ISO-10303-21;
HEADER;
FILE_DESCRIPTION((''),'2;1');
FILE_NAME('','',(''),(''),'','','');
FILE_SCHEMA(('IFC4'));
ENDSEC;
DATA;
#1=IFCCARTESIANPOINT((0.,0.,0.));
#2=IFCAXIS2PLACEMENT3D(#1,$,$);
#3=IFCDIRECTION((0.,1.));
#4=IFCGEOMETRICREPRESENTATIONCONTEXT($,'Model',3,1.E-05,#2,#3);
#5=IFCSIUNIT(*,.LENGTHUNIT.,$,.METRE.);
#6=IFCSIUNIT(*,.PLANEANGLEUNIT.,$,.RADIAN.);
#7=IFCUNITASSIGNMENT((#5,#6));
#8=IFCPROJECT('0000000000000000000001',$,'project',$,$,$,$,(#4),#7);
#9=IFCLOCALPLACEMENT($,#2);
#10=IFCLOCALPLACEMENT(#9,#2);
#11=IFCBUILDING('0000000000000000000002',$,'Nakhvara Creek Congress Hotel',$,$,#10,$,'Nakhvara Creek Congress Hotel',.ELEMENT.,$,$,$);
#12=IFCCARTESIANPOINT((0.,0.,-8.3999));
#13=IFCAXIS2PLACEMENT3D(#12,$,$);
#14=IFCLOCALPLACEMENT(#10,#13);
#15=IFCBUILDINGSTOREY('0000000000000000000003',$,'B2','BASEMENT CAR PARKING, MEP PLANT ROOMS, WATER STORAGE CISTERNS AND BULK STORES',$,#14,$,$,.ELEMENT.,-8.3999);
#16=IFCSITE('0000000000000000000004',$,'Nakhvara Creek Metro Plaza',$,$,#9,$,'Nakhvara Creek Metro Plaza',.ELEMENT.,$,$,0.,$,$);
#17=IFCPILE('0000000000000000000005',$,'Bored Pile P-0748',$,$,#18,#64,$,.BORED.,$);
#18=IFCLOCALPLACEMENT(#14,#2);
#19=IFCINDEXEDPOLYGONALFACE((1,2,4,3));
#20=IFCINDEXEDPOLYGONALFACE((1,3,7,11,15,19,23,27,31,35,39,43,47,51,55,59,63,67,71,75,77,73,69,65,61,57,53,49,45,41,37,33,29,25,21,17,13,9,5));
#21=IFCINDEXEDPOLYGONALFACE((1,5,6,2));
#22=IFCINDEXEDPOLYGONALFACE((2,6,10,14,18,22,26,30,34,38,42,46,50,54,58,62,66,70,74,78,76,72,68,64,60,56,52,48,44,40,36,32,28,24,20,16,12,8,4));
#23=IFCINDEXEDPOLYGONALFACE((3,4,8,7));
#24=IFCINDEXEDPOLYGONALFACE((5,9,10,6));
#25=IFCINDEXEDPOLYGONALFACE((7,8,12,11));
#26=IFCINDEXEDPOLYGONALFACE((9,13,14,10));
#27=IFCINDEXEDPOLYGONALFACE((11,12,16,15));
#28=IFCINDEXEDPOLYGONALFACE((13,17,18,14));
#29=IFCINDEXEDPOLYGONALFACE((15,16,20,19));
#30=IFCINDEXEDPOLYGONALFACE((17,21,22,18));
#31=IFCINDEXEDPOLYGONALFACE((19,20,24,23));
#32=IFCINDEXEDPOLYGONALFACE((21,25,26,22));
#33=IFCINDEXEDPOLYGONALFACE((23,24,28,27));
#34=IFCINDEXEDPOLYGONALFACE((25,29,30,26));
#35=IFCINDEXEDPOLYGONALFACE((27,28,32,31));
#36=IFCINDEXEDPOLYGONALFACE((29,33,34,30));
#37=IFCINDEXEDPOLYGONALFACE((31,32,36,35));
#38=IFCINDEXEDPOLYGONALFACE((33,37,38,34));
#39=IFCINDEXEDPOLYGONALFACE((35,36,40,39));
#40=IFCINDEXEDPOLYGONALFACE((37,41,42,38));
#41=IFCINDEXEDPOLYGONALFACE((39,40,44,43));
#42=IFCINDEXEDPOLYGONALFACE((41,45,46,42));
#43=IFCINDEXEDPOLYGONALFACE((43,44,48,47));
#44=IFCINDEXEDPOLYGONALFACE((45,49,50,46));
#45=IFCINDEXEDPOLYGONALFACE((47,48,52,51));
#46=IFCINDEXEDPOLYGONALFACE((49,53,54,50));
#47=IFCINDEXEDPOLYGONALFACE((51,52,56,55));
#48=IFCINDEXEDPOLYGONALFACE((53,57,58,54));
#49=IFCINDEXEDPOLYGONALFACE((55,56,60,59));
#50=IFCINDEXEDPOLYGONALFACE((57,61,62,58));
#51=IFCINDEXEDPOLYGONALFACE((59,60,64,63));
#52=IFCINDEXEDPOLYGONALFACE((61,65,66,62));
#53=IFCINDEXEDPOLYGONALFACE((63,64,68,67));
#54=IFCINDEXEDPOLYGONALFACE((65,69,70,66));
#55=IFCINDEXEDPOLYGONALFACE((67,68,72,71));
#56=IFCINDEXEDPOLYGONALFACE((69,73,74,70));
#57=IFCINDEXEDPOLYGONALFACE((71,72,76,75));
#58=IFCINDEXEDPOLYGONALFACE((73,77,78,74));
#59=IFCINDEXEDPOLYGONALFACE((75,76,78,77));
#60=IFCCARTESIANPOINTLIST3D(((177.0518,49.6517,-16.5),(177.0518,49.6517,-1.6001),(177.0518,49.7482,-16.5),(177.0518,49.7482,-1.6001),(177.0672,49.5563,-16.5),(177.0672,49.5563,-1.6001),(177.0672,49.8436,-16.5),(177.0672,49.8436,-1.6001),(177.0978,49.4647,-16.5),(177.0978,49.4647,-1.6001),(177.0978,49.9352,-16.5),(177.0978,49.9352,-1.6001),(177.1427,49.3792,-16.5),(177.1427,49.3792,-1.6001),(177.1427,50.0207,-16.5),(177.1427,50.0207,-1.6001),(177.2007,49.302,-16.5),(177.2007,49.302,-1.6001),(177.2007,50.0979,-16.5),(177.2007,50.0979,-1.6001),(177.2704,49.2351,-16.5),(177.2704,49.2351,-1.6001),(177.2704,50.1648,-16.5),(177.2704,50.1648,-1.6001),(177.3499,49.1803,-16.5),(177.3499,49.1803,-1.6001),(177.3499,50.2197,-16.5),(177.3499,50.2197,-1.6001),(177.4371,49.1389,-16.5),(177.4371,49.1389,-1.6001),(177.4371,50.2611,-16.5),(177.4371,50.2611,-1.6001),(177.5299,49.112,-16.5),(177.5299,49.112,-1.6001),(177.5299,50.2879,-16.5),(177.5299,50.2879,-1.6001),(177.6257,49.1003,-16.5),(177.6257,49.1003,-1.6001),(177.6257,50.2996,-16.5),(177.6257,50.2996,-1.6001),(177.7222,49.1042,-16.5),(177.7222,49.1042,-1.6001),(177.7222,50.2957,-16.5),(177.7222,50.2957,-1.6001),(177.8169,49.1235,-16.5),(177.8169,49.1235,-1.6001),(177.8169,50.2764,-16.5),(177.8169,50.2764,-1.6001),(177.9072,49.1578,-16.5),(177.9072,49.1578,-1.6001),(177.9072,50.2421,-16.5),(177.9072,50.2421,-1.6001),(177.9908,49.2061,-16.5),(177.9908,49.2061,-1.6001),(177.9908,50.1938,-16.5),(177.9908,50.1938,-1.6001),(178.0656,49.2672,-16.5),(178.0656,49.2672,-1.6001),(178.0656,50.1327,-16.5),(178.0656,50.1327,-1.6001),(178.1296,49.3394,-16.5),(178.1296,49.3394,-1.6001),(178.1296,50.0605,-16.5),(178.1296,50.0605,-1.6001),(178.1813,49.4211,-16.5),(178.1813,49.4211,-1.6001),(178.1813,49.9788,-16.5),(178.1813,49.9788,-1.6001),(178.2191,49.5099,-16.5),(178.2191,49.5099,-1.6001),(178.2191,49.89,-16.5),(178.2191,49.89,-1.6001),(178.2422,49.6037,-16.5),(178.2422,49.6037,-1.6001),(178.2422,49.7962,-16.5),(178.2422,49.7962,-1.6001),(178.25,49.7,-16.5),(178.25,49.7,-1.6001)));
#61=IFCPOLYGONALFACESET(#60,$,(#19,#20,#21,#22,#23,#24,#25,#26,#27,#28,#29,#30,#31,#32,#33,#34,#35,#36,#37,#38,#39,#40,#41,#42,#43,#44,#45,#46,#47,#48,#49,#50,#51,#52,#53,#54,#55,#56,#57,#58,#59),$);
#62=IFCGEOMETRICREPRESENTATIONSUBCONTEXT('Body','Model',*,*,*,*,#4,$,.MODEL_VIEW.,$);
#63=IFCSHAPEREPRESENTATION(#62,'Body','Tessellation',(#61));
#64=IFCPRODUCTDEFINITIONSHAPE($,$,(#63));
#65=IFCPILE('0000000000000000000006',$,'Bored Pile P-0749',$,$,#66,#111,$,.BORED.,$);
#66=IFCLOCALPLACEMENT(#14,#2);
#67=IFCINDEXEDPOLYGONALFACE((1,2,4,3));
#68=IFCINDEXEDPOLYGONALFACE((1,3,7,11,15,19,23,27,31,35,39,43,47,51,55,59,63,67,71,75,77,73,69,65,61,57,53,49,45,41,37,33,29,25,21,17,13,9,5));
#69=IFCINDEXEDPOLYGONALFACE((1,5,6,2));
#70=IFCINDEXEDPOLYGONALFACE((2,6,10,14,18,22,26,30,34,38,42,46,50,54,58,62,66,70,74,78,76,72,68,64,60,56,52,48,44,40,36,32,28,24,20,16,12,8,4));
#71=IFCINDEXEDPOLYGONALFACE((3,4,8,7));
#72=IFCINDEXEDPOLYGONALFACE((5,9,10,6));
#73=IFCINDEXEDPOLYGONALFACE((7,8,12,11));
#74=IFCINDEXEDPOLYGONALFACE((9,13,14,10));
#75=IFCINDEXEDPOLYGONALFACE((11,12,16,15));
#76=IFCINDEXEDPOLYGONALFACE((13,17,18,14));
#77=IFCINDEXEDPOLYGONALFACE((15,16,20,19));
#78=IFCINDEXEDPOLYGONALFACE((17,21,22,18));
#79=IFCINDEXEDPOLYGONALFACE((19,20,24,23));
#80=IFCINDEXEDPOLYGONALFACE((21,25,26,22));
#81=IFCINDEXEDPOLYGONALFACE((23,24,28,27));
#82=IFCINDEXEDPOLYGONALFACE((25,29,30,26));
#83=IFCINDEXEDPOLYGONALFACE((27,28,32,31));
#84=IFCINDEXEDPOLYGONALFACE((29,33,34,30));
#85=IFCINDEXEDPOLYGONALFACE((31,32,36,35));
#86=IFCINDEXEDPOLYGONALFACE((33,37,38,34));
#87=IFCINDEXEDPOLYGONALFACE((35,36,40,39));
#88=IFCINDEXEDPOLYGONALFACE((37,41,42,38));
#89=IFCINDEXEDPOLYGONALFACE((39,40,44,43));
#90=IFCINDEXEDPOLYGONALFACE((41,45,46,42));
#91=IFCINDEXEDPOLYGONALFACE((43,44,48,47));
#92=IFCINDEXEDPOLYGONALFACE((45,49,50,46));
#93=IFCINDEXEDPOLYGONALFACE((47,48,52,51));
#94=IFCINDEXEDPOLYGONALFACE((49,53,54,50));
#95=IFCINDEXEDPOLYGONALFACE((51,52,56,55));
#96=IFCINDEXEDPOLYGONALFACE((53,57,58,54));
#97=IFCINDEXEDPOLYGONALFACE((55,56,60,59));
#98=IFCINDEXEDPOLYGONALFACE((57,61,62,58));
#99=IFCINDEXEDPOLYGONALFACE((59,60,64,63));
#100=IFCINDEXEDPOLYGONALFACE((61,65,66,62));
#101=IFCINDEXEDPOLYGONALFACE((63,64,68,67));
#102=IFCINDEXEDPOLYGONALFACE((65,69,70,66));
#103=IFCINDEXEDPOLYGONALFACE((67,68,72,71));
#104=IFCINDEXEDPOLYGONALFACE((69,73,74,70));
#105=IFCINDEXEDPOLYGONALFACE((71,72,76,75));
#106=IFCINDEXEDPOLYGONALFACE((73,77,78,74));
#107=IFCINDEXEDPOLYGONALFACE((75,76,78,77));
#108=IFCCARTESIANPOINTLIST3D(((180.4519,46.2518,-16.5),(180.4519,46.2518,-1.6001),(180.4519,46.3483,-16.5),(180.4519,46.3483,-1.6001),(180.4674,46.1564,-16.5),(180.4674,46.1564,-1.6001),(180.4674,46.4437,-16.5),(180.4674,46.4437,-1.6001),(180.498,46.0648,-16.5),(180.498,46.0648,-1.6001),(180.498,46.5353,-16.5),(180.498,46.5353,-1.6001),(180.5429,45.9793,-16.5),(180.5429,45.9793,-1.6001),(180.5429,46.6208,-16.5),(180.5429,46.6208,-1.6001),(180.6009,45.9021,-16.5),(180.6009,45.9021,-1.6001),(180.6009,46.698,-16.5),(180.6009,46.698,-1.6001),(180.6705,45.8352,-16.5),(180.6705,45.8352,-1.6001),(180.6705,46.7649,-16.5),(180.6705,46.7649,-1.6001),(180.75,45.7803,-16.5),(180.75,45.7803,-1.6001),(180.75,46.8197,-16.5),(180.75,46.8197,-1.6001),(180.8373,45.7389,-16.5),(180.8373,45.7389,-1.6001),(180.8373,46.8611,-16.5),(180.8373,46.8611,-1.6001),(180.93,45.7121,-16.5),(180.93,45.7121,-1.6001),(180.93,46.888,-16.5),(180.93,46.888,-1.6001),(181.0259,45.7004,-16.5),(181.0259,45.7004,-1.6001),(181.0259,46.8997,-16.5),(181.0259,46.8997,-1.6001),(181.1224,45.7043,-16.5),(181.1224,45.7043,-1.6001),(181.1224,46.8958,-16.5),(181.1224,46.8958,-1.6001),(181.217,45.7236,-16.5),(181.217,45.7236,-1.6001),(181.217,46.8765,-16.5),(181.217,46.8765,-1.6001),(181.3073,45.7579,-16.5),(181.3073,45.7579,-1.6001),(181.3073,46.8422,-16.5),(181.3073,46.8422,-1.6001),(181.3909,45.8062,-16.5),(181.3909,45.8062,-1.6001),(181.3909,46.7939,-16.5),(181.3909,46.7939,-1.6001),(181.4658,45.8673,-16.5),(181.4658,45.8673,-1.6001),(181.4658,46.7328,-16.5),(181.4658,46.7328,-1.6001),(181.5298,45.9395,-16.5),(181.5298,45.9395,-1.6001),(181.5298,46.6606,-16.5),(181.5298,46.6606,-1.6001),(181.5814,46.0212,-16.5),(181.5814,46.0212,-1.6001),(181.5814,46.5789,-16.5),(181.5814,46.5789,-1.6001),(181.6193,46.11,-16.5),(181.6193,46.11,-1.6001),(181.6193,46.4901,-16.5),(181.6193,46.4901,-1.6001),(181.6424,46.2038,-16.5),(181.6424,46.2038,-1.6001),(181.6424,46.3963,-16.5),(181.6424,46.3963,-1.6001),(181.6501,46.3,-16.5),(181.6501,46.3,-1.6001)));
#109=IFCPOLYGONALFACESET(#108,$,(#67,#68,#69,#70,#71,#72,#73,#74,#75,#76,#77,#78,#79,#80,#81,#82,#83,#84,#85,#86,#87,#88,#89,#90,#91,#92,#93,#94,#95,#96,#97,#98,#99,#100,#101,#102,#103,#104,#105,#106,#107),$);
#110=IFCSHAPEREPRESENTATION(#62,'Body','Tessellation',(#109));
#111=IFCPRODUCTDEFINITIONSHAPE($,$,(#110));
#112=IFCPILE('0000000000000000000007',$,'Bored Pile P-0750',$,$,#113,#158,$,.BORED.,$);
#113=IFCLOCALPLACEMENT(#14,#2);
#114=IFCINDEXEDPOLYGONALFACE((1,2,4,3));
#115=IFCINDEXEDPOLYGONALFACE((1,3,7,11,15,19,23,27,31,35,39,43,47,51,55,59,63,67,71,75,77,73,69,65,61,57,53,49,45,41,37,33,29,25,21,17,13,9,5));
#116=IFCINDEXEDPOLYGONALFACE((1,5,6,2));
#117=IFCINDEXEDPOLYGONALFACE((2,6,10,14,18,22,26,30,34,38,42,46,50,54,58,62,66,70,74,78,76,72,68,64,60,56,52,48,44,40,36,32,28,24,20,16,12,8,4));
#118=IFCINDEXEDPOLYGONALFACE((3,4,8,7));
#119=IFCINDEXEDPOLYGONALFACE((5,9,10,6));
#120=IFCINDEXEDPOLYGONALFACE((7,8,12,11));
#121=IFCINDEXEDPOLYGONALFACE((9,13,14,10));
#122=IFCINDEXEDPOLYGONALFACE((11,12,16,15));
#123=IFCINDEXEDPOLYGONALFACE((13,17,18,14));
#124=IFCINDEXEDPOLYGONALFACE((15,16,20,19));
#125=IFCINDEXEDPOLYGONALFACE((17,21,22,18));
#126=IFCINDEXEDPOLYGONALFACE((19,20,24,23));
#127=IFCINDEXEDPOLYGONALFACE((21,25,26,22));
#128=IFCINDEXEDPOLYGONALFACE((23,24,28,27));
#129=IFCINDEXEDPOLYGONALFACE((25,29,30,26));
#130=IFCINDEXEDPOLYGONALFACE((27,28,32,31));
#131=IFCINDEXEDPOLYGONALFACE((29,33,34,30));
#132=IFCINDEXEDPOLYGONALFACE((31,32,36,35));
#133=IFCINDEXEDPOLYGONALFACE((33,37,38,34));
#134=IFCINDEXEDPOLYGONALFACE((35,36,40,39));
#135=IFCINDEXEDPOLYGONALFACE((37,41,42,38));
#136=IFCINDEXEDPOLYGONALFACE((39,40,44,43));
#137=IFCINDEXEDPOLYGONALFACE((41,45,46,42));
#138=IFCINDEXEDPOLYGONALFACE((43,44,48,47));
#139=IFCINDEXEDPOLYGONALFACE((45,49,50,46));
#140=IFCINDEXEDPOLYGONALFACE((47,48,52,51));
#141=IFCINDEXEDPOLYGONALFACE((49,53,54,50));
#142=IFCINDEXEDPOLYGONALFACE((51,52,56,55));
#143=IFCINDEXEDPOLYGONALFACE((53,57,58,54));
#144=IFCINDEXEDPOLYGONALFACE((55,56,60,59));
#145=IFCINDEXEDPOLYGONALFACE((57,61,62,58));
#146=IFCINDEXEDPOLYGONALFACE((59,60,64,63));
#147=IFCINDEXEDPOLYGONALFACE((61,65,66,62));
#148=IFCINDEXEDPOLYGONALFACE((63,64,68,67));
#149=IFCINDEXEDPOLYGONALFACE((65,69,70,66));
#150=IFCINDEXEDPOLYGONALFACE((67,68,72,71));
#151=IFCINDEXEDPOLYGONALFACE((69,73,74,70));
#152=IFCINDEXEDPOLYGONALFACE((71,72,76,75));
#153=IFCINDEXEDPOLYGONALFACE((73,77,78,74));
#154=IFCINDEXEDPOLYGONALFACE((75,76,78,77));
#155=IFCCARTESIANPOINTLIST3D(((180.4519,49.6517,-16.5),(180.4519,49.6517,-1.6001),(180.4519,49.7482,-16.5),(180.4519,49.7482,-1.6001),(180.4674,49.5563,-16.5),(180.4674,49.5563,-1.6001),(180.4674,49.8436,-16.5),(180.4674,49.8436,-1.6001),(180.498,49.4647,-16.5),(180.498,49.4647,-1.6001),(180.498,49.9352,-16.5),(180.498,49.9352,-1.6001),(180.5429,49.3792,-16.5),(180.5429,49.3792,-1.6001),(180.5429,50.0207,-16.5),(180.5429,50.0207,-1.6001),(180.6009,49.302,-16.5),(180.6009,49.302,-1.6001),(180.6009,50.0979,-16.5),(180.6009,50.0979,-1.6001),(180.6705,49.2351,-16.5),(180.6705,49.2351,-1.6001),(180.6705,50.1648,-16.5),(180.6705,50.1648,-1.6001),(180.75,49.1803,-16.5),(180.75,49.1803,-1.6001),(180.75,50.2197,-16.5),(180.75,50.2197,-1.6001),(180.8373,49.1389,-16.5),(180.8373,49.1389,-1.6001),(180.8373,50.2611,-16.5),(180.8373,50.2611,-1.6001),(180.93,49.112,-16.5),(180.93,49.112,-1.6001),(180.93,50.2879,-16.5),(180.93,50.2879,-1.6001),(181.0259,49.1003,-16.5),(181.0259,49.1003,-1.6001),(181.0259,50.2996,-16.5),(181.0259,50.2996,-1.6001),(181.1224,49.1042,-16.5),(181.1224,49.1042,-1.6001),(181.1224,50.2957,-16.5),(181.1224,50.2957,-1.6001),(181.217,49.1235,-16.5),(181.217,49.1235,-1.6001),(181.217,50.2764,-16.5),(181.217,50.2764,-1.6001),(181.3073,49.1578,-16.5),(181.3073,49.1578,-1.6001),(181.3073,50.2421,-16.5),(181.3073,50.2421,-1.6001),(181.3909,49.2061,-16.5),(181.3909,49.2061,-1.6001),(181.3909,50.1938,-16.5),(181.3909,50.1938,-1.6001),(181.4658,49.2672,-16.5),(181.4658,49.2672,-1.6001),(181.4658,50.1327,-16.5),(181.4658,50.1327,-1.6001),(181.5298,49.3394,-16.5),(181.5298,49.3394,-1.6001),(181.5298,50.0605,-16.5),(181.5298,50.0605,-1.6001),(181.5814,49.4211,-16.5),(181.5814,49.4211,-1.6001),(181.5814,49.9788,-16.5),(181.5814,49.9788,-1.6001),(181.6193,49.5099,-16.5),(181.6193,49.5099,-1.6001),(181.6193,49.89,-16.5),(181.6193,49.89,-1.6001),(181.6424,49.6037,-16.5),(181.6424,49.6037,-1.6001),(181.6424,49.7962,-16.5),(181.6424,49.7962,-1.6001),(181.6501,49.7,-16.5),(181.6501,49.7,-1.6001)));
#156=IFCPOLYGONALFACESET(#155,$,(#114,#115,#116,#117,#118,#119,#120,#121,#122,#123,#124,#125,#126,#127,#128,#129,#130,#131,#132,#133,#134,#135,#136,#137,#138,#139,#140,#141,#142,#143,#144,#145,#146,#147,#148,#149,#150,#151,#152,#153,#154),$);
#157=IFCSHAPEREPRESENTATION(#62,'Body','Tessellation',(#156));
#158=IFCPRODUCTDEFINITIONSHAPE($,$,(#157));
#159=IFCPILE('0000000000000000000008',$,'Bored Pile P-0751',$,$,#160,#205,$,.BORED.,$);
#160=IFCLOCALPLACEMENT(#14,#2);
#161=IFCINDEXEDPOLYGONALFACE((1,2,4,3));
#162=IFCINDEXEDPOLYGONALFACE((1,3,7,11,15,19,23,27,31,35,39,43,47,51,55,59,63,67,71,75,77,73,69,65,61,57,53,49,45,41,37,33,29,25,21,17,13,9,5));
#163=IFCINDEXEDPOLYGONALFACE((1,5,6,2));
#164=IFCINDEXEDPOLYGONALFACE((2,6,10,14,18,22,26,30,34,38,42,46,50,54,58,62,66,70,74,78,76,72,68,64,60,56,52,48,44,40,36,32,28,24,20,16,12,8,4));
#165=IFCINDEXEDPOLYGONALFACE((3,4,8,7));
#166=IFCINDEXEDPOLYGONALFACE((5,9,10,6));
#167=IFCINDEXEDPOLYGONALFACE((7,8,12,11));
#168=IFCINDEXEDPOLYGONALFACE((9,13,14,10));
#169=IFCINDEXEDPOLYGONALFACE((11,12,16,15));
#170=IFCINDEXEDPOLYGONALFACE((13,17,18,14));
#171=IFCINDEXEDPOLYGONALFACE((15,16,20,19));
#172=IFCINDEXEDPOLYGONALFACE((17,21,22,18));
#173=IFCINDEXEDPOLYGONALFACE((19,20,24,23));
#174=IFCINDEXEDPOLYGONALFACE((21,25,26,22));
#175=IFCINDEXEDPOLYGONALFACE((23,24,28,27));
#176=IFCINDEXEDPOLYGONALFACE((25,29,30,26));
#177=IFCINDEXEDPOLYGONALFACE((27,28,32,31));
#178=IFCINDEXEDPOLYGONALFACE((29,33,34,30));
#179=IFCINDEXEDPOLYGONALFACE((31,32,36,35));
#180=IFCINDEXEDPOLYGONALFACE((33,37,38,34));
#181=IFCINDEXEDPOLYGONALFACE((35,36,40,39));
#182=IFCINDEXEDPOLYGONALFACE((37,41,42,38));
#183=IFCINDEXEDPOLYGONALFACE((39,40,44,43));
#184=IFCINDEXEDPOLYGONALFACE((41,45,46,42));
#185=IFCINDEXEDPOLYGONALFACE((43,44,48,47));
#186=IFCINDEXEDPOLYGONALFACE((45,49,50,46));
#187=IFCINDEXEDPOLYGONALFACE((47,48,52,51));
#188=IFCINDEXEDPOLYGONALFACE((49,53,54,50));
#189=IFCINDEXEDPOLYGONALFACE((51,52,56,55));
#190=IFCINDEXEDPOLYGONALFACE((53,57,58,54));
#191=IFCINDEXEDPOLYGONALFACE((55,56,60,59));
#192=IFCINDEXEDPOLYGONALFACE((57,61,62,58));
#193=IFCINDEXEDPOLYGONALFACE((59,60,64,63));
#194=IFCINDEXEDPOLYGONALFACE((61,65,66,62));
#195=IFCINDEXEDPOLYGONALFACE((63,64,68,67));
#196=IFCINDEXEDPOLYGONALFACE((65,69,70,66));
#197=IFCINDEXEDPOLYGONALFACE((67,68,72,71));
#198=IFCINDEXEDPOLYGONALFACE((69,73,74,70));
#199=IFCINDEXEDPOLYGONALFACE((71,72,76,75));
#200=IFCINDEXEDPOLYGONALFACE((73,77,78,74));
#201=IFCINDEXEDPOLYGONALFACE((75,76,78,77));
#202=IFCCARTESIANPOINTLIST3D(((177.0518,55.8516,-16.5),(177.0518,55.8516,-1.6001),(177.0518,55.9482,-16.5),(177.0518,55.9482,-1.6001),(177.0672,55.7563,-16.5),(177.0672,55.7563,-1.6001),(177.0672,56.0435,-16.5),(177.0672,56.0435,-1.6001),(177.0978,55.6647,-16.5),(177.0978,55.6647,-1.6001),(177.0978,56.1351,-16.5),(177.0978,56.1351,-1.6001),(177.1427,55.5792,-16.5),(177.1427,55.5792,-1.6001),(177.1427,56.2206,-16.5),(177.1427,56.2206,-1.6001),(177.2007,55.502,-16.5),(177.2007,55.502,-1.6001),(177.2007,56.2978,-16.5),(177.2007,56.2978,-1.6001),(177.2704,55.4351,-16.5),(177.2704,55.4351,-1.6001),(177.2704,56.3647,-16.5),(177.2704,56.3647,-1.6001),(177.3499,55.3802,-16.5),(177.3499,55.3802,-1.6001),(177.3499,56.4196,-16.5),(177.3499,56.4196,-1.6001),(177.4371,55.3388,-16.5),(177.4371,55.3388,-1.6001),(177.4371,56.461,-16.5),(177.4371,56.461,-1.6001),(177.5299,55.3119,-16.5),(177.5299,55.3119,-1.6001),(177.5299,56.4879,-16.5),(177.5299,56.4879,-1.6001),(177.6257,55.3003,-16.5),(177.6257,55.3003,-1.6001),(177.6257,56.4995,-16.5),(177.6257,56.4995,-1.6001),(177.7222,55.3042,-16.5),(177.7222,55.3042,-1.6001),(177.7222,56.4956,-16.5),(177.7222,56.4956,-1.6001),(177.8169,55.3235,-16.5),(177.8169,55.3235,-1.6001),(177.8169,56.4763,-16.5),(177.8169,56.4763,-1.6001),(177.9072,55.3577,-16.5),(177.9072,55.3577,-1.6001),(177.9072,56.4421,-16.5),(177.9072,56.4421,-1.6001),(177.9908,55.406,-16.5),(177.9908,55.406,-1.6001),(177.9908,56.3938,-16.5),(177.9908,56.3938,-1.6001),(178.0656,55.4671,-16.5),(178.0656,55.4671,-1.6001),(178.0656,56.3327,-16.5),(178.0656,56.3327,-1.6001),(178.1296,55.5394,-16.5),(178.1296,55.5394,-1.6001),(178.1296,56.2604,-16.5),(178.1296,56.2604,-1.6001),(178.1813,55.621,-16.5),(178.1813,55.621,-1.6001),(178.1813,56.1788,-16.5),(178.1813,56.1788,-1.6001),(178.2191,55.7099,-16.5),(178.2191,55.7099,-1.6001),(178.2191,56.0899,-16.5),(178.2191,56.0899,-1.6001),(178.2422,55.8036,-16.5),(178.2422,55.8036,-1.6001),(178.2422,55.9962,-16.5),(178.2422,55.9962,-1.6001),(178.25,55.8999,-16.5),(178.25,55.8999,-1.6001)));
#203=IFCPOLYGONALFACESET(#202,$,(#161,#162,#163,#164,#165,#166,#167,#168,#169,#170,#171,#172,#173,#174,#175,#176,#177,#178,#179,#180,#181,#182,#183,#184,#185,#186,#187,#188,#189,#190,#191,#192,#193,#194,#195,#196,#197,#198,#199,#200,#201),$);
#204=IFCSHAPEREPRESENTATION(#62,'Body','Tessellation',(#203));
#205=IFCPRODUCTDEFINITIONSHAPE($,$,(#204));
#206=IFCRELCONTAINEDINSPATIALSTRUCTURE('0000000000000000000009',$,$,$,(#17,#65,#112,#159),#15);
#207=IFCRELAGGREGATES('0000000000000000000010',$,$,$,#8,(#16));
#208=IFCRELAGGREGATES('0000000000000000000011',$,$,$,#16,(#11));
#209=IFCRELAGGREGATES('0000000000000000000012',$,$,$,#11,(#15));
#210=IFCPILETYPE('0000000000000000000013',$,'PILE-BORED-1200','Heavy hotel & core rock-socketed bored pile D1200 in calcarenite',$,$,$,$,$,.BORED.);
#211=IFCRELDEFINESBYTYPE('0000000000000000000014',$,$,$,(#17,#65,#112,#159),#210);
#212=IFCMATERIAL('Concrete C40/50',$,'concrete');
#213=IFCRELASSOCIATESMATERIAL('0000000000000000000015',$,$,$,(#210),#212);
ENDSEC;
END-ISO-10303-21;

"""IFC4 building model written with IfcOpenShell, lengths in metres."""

from ifc_helpers import new_model, si_unit, direction, frame, origin, origin_2d, place, context, subcontext, project, spatial, circle, extrude, material, material_profile, profile_set, type_object, element, save


model = new_model("IFC4")

# Units and contexts
model_context = context("Model", 3, precision=1e-05, world=origin(), true_north=direction((0.0, 1.0)))
body_context = subcontext(model_context, "Body", "Model", "MODEL_VIEW")
ifc_project = project(units=[si_unit("LENGTHUNIT", "METRE"), si_unit("PLANEANGLEUNIT", "RADIAN")], contexts=[model_context])

# Site, building, storey
site_placement = place(None, origin())
site = spatial("IfcSite", under=ifc_project, at=site_placement, Name="Nakhvara Creek Metro Plaza", LongName="Nakhvara Creek Metro Plaza", CompositionType="ELEMENT", RefElevation=0.0)
building_placement = place(site_placement, origin())
building = spatial("IfcBuilding", under=site, at=building_placement, Name="Nakhvara Creek Congress Hotel", LongName="Nakhvara Creek Congress Hotel", CompositionType="ELEMENT")
storey_placement = place(building_placement, frame((0.0, 0.0, -8.3999)))
storey = spatial("IfcBuildingStorey", under=building, at=storey_placement, Name="B2", Description="BASEMENT CAR PARKING, MEP PLANT ROOMS, WATER STORAGE CISTERNS AND BULK STORES", CompositionType="ELEMENT", Elevation=-8.3999)

# Shared definitions
ifc_material_1 = material(Name="Concrete C40/50", Category="concrete")

# Piles
ifc_material_profile_1 = material_profile(ifc_material_1, circle(Radius=0.6001, at=origin_2d()), Name="BORED PILE D1200", Category="LoadBearing")
ifc_profile_set_1 = profile_set([ifc_material_profile_1], Name="Concrete C40/50")
pile_type = type_object("IfcPileType", Name="PILE-BORED-1200", Description="Heavy hotel & core rock-socketed bored pile D1200 in calcarenite", PredefinedType="BORED", material=ifc_profile_set_1)
for number, where, z_axis, x_axis, name in (
    (1, (177.6499, 49.7, -1.6001), (0.0, 0.0, -1.0), (1.0, 0.0, 0.0), "Bored Pile P-0748"),
    (2, (181.05, 46.3, -1.6001), (0.0, 0.0, -1.0), (1.0, 0.0, 0.0), "Bored Pile P-0749"),
    (3, (181.05, 49.7, -1.6001), (0.0, 0.0, -1.0), (1.0, 0.0, 0.0), "Bored Pile P-0750"),
    (4, (177.6499, 55.8999, -1.6001), (0.0, 0.0, -1.0), (1.0, 0.0, 0.0), "Bored Pile P-0751"),
):
    element("IfcPile", number, at=place(storey_placement, frame(where, z_axis=z_axis, x_axis=x_axis)), inside=storey, type_object=pile_type, Name=name, PredefinedType="BORED", context=body_context, shape_type="SweptSolid", body=[
        extrude(circle(Radius=0.6001, at=origin_2d()), origin(), (0.0, 0.0, 1.0), 14.8999),
    ])

save(model, "model.ifc")
